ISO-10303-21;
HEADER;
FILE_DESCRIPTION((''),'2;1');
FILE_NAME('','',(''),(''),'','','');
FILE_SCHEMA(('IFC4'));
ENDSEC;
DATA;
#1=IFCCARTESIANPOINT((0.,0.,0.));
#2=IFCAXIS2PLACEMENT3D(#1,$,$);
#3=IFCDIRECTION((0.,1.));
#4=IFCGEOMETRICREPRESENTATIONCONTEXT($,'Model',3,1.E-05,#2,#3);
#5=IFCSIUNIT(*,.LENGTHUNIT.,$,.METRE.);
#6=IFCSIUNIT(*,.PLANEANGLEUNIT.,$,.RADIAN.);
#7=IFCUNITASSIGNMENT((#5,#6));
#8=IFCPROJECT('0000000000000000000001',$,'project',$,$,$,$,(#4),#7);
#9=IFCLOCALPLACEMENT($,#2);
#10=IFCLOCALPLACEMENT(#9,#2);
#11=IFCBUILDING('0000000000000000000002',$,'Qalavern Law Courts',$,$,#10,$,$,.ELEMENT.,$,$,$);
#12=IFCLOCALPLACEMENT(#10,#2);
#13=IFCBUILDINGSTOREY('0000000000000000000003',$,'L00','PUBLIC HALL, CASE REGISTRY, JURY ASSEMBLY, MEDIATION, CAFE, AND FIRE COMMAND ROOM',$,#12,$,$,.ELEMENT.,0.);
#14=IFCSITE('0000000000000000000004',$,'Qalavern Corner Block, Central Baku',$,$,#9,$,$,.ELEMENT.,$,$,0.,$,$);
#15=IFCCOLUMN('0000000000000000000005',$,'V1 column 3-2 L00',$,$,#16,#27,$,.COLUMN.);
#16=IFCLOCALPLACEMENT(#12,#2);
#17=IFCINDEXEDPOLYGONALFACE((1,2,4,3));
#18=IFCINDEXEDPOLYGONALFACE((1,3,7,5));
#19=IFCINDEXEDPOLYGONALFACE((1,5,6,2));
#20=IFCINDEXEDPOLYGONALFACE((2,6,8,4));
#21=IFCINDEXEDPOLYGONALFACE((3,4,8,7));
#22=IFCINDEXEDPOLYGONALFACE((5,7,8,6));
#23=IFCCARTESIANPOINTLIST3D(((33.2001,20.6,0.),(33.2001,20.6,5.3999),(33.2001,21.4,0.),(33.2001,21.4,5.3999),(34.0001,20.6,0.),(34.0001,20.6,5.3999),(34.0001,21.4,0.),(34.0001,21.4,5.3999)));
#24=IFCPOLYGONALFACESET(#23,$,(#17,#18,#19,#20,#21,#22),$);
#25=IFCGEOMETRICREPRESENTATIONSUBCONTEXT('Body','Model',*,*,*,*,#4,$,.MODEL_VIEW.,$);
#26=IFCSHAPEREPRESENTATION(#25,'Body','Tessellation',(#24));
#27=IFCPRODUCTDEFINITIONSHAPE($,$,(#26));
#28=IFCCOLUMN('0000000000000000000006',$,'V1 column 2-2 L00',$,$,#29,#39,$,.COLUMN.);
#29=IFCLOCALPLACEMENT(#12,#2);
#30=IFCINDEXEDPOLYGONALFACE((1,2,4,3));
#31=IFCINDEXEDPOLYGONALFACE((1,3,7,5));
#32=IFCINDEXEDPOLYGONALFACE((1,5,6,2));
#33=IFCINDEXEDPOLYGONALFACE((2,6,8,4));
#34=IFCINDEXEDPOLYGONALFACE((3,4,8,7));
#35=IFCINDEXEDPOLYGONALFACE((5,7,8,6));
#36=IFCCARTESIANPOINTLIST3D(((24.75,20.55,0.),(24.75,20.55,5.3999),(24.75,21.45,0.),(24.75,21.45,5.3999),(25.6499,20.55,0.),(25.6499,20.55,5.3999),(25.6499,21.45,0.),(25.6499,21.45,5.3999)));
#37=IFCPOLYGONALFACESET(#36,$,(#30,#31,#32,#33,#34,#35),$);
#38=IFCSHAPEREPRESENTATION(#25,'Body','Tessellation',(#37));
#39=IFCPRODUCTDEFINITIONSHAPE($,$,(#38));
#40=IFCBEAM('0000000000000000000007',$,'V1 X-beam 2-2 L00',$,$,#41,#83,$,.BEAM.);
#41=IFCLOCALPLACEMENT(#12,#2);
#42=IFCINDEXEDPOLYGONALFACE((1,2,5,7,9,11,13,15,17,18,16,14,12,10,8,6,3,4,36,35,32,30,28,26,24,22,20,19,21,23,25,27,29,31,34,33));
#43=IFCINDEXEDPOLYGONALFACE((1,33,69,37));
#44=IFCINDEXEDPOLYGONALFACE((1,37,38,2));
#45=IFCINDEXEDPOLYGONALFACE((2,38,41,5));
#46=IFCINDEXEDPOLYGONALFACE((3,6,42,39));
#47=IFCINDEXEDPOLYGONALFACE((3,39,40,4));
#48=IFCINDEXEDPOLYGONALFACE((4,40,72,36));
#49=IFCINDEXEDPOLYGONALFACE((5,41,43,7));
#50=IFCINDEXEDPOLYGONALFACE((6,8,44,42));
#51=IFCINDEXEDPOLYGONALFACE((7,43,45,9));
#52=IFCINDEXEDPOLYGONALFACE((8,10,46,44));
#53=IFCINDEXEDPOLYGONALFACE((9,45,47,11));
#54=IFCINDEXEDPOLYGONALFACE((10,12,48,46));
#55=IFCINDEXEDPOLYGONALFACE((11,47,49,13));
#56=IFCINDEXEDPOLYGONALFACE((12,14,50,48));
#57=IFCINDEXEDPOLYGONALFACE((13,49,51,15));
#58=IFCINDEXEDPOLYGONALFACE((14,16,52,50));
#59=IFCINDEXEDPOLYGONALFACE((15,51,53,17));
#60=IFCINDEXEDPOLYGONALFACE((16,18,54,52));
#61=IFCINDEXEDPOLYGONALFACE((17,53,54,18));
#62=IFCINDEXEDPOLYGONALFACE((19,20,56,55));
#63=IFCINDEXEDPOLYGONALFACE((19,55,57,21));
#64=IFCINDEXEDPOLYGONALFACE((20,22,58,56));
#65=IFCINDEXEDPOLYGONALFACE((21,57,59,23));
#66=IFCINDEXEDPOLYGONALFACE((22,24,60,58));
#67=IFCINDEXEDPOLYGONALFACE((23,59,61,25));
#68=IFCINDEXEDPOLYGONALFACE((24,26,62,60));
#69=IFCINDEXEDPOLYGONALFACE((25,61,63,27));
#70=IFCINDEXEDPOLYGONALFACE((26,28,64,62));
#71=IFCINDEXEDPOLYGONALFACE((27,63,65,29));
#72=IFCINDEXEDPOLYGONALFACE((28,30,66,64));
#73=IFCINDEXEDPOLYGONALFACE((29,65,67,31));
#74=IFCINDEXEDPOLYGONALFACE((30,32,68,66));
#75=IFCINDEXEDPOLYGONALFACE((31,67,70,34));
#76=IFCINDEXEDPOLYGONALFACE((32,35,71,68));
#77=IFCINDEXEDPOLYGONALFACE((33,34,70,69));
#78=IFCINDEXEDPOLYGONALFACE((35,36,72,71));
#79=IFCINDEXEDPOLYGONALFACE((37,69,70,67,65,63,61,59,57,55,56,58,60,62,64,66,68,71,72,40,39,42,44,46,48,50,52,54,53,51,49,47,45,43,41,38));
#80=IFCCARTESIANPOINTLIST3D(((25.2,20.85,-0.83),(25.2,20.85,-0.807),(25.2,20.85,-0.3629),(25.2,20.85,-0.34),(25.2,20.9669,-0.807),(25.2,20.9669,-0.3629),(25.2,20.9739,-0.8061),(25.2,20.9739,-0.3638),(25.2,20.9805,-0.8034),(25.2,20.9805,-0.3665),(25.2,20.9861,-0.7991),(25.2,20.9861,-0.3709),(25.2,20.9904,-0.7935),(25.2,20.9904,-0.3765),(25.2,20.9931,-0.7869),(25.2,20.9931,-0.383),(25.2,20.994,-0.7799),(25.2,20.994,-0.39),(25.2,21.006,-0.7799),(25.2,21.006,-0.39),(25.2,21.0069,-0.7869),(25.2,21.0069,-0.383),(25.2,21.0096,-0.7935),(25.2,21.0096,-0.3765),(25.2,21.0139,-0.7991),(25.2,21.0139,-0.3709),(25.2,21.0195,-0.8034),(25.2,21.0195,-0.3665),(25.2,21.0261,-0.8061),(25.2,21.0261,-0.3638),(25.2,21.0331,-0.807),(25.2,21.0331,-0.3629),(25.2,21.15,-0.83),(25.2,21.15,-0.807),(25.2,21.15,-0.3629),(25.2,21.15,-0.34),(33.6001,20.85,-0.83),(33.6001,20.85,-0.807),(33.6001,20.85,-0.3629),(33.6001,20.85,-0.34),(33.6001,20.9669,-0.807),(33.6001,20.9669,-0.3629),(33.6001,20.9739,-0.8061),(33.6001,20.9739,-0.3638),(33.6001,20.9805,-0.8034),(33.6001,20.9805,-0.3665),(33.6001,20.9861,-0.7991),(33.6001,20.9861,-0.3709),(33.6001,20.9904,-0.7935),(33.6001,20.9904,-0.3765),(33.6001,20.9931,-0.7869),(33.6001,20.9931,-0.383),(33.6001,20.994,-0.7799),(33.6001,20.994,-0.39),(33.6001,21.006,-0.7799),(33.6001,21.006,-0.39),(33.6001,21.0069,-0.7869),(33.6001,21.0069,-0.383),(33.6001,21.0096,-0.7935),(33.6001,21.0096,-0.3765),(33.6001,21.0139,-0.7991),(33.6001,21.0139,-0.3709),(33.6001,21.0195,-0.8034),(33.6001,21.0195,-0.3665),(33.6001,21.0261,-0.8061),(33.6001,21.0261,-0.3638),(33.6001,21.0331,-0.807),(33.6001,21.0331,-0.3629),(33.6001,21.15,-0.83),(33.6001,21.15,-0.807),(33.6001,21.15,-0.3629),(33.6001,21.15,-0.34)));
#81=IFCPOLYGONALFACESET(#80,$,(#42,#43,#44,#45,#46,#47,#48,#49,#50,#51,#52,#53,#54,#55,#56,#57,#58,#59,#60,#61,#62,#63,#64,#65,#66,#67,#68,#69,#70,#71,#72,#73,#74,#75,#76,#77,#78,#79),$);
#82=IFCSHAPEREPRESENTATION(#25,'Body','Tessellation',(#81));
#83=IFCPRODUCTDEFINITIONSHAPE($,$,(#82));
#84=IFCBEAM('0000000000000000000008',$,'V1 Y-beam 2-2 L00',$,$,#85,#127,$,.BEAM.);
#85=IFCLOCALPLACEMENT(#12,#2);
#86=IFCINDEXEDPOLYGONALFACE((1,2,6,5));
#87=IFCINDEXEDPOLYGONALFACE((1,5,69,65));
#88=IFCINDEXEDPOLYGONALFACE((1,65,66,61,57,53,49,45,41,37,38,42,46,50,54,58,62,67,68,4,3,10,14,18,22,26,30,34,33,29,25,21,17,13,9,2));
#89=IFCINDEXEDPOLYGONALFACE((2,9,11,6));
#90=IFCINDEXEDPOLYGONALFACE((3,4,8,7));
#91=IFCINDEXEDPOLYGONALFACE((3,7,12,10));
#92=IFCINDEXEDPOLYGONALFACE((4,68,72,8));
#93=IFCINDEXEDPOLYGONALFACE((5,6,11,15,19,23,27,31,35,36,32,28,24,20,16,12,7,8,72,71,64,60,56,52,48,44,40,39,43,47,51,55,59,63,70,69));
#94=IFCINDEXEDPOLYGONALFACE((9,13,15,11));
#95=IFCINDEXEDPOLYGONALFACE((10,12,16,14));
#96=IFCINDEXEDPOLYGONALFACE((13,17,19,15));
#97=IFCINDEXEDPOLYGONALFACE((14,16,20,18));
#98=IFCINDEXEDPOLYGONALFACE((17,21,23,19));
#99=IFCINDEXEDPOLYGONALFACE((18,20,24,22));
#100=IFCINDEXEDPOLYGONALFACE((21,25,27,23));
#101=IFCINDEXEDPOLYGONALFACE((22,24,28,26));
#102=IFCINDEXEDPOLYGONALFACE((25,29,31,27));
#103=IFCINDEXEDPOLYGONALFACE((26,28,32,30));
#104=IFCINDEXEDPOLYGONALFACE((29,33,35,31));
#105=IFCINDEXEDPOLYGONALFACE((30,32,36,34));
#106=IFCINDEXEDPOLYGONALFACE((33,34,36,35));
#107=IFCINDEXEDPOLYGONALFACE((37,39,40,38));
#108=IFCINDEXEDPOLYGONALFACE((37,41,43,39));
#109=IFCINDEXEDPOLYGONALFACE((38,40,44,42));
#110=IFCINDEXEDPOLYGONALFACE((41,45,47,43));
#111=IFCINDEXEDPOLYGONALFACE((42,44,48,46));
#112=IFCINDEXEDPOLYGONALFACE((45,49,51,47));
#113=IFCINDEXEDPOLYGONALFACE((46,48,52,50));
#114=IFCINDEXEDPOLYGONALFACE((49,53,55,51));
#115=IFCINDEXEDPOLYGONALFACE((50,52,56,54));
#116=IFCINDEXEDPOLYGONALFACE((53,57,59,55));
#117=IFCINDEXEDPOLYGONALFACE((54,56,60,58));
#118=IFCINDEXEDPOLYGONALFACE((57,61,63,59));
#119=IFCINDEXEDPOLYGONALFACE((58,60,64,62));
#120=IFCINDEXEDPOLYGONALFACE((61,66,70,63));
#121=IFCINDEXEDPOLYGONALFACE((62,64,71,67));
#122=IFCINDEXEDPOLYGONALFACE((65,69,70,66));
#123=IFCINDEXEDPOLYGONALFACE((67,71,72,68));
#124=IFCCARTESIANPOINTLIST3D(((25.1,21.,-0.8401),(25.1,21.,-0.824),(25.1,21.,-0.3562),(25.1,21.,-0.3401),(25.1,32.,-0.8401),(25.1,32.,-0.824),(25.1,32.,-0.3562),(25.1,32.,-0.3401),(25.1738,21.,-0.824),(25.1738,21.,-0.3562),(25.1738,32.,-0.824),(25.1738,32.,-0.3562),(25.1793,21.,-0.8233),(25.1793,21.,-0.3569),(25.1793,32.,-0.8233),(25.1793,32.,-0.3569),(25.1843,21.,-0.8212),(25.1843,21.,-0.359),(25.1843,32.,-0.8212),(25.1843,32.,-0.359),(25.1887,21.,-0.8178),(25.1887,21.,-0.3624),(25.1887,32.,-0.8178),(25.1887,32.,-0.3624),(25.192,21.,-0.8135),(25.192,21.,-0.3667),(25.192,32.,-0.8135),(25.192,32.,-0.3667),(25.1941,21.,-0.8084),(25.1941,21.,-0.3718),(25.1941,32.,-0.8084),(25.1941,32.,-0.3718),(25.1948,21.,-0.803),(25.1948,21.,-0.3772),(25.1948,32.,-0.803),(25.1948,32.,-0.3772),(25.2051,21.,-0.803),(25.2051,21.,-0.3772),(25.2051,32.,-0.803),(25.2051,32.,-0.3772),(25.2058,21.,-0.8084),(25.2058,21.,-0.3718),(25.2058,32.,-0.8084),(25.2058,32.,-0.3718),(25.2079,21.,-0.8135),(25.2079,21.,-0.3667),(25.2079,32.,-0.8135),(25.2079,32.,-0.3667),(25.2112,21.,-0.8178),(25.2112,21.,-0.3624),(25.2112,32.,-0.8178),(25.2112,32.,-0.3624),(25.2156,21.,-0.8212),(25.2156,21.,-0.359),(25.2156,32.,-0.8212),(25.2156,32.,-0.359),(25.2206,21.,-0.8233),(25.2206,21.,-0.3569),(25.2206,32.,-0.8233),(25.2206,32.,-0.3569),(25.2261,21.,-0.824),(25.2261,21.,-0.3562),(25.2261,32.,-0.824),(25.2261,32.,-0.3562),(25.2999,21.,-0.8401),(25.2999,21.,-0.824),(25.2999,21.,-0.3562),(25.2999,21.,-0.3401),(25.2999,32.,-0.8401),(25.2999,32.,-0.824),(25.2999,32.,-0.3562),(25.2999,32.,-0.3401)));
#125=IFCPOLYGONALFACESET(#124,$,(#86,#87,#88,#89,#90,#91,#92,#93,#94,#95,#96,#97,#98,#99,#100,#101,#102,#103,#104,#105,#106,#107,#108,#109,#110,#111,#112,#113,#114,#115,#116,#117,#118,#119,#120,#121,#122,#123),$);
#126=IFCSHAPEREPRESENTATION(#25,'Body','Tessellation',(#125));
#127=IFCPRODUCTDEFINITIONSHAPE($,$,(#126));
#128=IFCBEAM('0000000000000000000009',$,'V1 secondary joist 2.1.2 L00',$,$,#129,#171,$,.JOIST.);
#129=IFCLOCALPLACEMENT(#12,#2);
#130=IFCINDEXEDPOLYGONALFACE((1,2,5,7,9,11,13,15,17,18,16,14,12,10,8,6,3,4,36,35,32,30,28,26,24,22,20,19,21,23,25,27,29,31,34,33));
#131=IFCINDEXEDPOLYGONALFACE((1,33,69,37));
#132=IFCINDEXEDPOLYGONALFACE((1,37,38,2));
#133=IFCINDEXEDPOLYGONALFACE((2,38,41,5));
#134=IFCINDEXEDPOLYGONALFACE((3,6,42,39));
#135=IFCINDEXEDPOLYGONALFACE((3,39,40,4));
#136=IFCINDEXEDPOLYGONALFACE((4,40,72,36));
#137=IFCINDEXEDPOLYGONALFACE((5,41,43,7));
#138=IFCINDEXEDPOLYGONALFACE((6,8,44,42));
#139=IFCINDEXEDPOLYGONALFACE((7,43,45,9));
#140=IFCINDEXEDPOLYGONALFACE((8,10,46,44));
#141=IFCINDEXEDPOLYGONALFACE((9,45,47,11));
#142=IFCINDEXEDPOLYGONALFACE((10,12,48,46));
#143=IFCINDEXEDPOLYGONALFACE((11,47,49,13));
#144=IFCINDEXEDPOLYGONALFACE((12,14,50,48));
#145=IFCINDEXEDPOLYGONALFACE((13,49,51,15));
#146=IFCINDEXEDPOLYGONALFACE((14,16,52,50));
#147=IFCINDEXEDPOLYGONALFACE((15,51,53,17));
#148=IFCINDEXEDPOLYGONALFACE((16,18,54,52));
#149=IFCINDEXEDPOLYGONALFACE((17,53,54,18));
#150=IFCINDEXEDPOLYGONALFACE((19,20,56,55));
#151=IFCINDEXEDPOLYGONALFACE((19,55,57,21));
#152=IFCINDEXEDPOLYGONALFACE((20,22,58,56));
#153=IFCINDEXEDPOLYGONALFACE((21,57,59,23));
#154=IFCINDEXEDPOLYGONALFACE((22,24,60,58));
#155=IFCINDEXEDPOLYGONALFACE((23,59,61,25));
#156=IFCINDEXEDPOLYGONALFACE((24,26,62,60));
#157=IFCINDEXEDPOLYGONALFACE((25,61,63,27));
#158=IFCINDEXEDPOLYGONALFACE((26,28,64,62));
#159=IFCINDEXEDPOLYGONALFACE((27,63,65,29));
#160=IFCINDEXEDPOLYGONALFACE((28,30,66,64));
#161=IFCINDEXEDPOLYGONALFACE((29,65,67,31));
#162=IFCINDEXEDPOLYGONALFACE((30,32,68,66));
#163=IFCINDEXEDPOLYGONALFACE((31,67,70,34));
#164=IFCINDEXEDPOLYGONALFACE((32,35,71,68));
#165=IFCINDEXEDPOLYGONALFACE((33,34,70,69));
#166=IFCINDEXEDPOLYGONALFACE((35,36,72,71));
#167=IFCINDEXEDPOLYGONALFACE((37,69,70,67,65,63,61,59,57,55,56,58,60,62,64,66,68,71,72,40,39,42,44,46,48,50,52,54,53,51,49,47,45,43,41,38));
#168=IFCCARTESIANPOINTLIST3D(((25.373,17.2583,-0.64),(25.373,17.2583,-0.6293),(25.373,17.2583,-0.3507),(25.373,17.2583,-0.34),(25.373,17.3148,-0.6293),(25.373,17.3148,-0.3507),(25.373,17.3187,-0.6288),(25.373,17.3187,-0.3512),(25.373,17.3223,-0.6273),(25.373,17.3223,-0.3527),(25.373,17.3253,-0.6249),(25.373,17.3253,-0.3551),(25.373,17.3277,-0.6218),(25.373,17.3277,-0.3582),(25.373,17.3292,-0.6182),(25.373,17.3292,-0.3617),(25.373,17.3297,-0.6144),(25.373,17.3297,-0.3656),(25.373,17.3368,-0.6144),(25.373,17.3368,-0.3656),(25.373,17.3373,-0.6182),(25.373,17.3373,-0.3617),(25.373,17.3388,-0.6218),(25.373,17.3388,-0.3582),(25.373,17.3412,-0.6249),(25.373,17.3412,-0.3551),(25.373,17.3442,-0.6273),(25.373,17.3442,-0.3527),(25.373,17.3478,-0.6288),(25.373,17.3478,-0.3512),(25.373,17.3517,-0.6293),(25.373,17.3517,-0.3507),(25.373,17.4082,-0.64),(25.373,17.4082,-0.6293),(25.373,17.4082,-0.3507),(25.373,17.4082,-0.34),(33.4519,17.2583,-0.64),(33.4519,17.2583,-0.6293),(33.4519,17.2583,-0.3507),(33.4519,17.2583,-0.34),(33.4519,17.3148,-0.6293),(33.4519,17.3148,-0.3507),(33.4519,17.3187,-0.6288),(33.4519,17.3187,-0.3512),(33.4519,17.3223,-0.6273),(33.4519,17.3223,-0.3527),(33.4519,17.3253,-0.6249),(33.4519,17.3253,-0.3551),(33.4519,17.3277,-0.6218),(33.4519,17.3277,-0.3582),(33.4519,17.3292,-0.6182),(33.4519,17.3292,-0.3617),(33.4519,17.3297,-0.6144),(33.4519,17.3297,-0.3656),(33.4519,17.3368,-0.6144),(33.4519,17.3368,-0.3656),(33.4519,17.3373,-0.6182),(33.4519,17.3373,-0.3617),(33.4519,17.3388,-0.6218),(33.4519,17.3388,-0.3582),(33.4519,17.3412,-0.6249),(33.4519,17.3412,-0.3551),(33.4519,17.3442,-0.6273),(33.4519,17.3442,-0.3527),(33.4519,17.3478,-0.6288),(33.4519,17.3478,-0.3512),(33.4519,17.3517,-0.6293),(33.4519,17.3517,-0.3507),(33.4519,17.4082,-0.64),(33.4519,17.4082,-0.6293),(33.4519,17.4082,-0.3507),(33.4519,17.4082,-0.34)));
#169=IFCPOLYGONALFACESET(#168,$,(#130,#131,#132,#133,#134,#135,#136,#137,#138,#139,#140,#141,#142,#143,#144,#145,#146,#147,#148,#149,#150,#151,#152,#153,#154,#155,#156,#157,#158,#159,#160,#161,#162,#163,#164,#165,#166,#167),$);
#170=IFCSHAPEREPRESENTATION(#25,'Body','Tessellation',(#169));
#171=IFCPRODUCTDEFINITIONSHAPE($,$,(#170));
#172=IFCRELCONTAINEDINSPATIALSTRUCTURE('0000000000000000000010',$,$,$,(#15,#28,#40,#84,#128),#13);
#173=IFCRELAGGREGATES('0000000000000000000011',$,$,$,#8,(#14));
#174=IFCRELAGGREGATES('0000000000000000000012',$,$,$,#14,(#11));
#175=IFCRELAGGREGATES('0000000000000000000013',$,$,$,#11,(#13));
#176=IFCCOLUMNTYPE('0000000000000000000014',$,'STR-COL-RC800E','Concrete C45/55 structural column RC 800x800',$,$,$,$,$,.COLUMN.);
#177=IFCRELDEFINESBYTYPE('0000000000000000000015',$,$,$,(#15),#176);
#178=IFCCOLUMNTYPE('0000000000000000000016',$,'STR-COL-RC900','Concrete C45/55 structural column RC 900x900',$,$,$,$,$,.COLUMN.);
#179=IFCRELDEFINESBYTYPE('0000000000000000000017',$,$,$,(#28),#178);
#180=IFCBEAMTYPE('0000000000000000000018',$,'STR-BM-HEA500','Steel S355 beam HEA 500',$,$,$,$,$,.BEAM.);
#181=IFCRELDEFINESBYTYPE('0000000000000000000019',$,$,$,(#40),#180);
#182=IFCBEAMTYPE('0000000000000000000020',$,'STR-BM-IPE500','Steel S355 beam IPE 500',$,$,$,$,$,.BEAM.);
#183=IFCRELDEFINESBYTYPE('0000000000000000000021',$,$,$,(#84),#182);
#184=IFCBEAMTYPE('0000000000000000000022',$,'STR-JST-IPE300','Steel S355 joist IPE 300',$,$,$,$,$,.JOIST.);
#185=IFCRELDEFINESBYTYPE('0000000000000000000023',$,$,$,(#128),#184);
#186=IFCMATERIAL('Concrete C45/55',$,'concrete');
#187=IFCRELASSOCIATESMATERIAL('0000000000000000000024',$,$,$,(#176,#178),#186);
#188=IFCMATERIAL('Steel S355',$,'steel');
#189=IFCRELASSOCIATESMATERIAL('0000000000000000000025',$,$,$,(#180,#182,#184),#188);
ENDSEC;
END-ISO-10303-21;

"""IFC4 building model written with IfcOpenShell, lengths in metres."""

from ifc_helpers import new_model, si_unit, direction, frame, origin, origin_2d, place, context, subcontext, project, spatial, rectangle, i_section, extrude, material, material_profile, profile_set, type_object, element, save


model = new_model("IFC4")

# Units and contexts
model_context = context("Model", 3, precision=1e-05, world=origin(), true_north=direction((0.0, 1.0)))
body_context = subcontext(model_context, "Body", "Model", "MODEL_VIEW")
ifc_project = project(units=[si_unit("LENGTHUNIT", "METRE"), si_unit("PLANEANGLEUNIT", "RADIAN")], contexts=[model_context])

# Site, building, storey
site_placement = place(None, origin())
site = spatial("IfcSite", under=ifc_project, at=site_placement, Name="Qalavern Corner Block, Central Baku", CompositionType="ELEMENT", RefElevation=0.0)
building_placement = place(site_placement, origin())
building = spatial("IfcBuilding", under=site, at=building_placement, Name="Qalavern Law Courts", CompositionType="ELEMENT")
storey_placement = place(building_placement, origin())
storey = spatial("IfcBuildingStorey", under=building, at=storey_placement, Name="L00", Description="PUBLIC HALL, CASE REGISTRY, JURY ASSEMBLY, MEDIATION, CAFE, AND FIRE COMMAND ROOM", CompositionType="ELEMENT", Elevation=0.0)

# Columns
ifc_material_1 = material(Name="Concrete C45/55", Category="concrete")
ifc_material_profile_1 = material_profile(ifc_material_1, rectangle(XDim=0.8, YDim=0.8, at=origin_2d()), Name="RC 800x800")
ifc_profile_set_1 = profile_set([ifc_material_profile_1], Name="Concrete C45/55")
column_type_1 = type_object("IfcColumnType", Name="STR-COL-RC800E", Description="Concrete C45/55 structural column RC 800x800", PredefinedType="COLUMN", material=ifc_profile_set_1)
column_1_placement = place(storey_placement, frame((33.6001, 21.0, 0.0), z_axis=(0.0, 0.0, 1.0), x_axis=(1.0, 0.0, 0.0)))
element("IfcColumn", 1, at=column_1_placement, inside=storey, type_object=column_type_1, Name="V1 column 3-2 L00", PredefinedType="COLUMN", context=body_context, shape_type="SweptSolid", body=[
    extrude(rectangle(XDim=0.8, YDim=0.8, at=origin_2d()), origin(), (0.0, 0.0, 1.0), 5.3999),
])
ifc_material_profile_2 = material_profile(ifc_material_1, rectangle(XDim=0.8999, YDim=0.8999, at=origin_2d()), Name="RC 900x900")
ifc_profile_set_2 = profile_set([ifc_material_profile_2], Name="Concrete C45/55")
column_type_2 = type_object("IfcColumnType", Name="STR-COL-RC900", Description="Concrete C45/55 structural column RC 900x900", PredefinedType="COLUMN", material=ifc_profile_set_2)
column_2_placement = place(storey_placement, frame((25.2, 21.0, 0.0), z_axis=(0.0, 0.0, 1.0), x_axis=(1.0, 0.0, 0.0)))
element("IfcColumn", 2, at=column_2_placement, inside=storey, type_object=column_type_2, Name="V1 column 2-2 L00", PredefinedType="COLUMN", context=body_context, shape_type="SweptSolid", body=[
    extrude(rectangle(XDim=0.8999, YDim=0.8999, at=origin_2d()), origin(), (0.0, 0.0, 1.0), 5.3999),
])

# Beams
ifc_material_2 = material(Name="Steel S355", Category="steel")
ifc_material_profile_3 = material_profile(ifc_material_2, i_section(OverallWidth=0.3, OverallDepth=0.49, WebThickness=0.012, FlangeThickness=0.0229, FilletRadius=0.0271, at=origin_2d()), Name="HEA 500")
ifc_profile_set_3 = profile_set([ifc_material_profile_3], Name="Steel S355")
beam_type_1 = type_object("IfcBeamType", Name="STR-BM-HEA500", Description="Steel S355 beam HEA 500", PredefinedType="BEAM", material=ifc_profile_set_3)
beam_1_placement = place(storey_placement, frame((25.2, 21.0, -0.585), z_axis=(1.0, 0.0, 0.0), x_axis=(0.0, 1.0, 0.0)))
element("IfcBeam", 3, at=beam_1_placement, inside=storey, type_object=beam_type_1, Name="V1 X-beam 2-2 L00", PredefinedType="BEAM", context=body_context, shape_type="SweptSolid", body=[
    extrude(i_section(OverallWidth=0.3, OverallDepth=0.49, WebThickness=0.012, FlangeThickness=0.0229, FilletRadius=0.0271, at=origin_2d()), origin(), (0.0, 0.0, 1.0), 8.4001),
])
ifc_material_profile_4 = material_profile(ifc_material_2, i_section(OverallWidth=0.2, OverallDepth=0.5, WebThickness=0.0103, FlangeThickness=0.0161, FilletRadius=0.021, at=origin_2d()), Name="IPE 500")
ifc_profile_set_4 = profile_set([ifc_material_profile_4], Name="Steel S355")
beam_type_2 = type_object("IfcBeamType", Name="STR-BM-IPE500", Description="Steel S355 beam IPE 500", PredefinedType="BEAM", material=ifc_profile_set_4)
beam_2_placement = place(storey_placement, frame((25.2, 21.0, -0.5901), z_axis=(0.0, 1.0, 0.0), x_axis=(-1.0, 0.0, 0.0)))
element("IfcBeam", 4, at=beam_2_placement, inside=storey, type_object=beam_type_2, Name="V1 Y-beam 2-2 L00", PredefinedType="BEAM", context=body_context, shape_type="SweptSolid", body=[
    extrude(i_section(OverallWidth=0.2, OverallDepth=0.5, WebThickness=0.0103, FlangeThickness=0.0161, FilletRadius=0.021, at=origin_2d()), origin(), (0.0, 0.0, 1.0), 11.0),
])
ifc_material_profile_5 = material_profile(ifc_material_2, i_section(OverallWidth=0.1499, OverallDepth=0.3, WebThickness=0.0071, FlangeThickness=0.0107, FilletRadius=0.0149, at=origin_2d()), Name="IPE 300")
ifc_profile_set_5 = profile_set([ifc_material_profile_5], Name="Steel S355")
beam_type_3 = type_object("IfcBeamType", Name="STR-JST-IPE300", Description="Steel S355 joist IPE 300", PredefinedType="JOIST", material=ifc_profile_set_5)
beam_3_placement = place(storey_placement, frame((25.373, 17.3333, -0.49), z_axis=(1.0, 0.0, 0.0), x_axis=(0.0, 1.0, 0.0)))
element("IfcBeam", 5, at=beam_3_placement, inside=storey, type_object=beam_type_3, Name="V1 secondary joist 2.1.2 L00", PredefinedType="JOIST", context=body_context, shape_type="SweptSolid", body=[
    extrude(i_section(OverallWidth=0.1499, OverallDepth=0.3, WebThickness=0.0071, FlangeThickness=0.0107, FilletRadius=0.0149, at=origin_2d()), origin(), (0.0, 0.0, 1.0), 8.0789),
])

save(model, "model.ifc")
